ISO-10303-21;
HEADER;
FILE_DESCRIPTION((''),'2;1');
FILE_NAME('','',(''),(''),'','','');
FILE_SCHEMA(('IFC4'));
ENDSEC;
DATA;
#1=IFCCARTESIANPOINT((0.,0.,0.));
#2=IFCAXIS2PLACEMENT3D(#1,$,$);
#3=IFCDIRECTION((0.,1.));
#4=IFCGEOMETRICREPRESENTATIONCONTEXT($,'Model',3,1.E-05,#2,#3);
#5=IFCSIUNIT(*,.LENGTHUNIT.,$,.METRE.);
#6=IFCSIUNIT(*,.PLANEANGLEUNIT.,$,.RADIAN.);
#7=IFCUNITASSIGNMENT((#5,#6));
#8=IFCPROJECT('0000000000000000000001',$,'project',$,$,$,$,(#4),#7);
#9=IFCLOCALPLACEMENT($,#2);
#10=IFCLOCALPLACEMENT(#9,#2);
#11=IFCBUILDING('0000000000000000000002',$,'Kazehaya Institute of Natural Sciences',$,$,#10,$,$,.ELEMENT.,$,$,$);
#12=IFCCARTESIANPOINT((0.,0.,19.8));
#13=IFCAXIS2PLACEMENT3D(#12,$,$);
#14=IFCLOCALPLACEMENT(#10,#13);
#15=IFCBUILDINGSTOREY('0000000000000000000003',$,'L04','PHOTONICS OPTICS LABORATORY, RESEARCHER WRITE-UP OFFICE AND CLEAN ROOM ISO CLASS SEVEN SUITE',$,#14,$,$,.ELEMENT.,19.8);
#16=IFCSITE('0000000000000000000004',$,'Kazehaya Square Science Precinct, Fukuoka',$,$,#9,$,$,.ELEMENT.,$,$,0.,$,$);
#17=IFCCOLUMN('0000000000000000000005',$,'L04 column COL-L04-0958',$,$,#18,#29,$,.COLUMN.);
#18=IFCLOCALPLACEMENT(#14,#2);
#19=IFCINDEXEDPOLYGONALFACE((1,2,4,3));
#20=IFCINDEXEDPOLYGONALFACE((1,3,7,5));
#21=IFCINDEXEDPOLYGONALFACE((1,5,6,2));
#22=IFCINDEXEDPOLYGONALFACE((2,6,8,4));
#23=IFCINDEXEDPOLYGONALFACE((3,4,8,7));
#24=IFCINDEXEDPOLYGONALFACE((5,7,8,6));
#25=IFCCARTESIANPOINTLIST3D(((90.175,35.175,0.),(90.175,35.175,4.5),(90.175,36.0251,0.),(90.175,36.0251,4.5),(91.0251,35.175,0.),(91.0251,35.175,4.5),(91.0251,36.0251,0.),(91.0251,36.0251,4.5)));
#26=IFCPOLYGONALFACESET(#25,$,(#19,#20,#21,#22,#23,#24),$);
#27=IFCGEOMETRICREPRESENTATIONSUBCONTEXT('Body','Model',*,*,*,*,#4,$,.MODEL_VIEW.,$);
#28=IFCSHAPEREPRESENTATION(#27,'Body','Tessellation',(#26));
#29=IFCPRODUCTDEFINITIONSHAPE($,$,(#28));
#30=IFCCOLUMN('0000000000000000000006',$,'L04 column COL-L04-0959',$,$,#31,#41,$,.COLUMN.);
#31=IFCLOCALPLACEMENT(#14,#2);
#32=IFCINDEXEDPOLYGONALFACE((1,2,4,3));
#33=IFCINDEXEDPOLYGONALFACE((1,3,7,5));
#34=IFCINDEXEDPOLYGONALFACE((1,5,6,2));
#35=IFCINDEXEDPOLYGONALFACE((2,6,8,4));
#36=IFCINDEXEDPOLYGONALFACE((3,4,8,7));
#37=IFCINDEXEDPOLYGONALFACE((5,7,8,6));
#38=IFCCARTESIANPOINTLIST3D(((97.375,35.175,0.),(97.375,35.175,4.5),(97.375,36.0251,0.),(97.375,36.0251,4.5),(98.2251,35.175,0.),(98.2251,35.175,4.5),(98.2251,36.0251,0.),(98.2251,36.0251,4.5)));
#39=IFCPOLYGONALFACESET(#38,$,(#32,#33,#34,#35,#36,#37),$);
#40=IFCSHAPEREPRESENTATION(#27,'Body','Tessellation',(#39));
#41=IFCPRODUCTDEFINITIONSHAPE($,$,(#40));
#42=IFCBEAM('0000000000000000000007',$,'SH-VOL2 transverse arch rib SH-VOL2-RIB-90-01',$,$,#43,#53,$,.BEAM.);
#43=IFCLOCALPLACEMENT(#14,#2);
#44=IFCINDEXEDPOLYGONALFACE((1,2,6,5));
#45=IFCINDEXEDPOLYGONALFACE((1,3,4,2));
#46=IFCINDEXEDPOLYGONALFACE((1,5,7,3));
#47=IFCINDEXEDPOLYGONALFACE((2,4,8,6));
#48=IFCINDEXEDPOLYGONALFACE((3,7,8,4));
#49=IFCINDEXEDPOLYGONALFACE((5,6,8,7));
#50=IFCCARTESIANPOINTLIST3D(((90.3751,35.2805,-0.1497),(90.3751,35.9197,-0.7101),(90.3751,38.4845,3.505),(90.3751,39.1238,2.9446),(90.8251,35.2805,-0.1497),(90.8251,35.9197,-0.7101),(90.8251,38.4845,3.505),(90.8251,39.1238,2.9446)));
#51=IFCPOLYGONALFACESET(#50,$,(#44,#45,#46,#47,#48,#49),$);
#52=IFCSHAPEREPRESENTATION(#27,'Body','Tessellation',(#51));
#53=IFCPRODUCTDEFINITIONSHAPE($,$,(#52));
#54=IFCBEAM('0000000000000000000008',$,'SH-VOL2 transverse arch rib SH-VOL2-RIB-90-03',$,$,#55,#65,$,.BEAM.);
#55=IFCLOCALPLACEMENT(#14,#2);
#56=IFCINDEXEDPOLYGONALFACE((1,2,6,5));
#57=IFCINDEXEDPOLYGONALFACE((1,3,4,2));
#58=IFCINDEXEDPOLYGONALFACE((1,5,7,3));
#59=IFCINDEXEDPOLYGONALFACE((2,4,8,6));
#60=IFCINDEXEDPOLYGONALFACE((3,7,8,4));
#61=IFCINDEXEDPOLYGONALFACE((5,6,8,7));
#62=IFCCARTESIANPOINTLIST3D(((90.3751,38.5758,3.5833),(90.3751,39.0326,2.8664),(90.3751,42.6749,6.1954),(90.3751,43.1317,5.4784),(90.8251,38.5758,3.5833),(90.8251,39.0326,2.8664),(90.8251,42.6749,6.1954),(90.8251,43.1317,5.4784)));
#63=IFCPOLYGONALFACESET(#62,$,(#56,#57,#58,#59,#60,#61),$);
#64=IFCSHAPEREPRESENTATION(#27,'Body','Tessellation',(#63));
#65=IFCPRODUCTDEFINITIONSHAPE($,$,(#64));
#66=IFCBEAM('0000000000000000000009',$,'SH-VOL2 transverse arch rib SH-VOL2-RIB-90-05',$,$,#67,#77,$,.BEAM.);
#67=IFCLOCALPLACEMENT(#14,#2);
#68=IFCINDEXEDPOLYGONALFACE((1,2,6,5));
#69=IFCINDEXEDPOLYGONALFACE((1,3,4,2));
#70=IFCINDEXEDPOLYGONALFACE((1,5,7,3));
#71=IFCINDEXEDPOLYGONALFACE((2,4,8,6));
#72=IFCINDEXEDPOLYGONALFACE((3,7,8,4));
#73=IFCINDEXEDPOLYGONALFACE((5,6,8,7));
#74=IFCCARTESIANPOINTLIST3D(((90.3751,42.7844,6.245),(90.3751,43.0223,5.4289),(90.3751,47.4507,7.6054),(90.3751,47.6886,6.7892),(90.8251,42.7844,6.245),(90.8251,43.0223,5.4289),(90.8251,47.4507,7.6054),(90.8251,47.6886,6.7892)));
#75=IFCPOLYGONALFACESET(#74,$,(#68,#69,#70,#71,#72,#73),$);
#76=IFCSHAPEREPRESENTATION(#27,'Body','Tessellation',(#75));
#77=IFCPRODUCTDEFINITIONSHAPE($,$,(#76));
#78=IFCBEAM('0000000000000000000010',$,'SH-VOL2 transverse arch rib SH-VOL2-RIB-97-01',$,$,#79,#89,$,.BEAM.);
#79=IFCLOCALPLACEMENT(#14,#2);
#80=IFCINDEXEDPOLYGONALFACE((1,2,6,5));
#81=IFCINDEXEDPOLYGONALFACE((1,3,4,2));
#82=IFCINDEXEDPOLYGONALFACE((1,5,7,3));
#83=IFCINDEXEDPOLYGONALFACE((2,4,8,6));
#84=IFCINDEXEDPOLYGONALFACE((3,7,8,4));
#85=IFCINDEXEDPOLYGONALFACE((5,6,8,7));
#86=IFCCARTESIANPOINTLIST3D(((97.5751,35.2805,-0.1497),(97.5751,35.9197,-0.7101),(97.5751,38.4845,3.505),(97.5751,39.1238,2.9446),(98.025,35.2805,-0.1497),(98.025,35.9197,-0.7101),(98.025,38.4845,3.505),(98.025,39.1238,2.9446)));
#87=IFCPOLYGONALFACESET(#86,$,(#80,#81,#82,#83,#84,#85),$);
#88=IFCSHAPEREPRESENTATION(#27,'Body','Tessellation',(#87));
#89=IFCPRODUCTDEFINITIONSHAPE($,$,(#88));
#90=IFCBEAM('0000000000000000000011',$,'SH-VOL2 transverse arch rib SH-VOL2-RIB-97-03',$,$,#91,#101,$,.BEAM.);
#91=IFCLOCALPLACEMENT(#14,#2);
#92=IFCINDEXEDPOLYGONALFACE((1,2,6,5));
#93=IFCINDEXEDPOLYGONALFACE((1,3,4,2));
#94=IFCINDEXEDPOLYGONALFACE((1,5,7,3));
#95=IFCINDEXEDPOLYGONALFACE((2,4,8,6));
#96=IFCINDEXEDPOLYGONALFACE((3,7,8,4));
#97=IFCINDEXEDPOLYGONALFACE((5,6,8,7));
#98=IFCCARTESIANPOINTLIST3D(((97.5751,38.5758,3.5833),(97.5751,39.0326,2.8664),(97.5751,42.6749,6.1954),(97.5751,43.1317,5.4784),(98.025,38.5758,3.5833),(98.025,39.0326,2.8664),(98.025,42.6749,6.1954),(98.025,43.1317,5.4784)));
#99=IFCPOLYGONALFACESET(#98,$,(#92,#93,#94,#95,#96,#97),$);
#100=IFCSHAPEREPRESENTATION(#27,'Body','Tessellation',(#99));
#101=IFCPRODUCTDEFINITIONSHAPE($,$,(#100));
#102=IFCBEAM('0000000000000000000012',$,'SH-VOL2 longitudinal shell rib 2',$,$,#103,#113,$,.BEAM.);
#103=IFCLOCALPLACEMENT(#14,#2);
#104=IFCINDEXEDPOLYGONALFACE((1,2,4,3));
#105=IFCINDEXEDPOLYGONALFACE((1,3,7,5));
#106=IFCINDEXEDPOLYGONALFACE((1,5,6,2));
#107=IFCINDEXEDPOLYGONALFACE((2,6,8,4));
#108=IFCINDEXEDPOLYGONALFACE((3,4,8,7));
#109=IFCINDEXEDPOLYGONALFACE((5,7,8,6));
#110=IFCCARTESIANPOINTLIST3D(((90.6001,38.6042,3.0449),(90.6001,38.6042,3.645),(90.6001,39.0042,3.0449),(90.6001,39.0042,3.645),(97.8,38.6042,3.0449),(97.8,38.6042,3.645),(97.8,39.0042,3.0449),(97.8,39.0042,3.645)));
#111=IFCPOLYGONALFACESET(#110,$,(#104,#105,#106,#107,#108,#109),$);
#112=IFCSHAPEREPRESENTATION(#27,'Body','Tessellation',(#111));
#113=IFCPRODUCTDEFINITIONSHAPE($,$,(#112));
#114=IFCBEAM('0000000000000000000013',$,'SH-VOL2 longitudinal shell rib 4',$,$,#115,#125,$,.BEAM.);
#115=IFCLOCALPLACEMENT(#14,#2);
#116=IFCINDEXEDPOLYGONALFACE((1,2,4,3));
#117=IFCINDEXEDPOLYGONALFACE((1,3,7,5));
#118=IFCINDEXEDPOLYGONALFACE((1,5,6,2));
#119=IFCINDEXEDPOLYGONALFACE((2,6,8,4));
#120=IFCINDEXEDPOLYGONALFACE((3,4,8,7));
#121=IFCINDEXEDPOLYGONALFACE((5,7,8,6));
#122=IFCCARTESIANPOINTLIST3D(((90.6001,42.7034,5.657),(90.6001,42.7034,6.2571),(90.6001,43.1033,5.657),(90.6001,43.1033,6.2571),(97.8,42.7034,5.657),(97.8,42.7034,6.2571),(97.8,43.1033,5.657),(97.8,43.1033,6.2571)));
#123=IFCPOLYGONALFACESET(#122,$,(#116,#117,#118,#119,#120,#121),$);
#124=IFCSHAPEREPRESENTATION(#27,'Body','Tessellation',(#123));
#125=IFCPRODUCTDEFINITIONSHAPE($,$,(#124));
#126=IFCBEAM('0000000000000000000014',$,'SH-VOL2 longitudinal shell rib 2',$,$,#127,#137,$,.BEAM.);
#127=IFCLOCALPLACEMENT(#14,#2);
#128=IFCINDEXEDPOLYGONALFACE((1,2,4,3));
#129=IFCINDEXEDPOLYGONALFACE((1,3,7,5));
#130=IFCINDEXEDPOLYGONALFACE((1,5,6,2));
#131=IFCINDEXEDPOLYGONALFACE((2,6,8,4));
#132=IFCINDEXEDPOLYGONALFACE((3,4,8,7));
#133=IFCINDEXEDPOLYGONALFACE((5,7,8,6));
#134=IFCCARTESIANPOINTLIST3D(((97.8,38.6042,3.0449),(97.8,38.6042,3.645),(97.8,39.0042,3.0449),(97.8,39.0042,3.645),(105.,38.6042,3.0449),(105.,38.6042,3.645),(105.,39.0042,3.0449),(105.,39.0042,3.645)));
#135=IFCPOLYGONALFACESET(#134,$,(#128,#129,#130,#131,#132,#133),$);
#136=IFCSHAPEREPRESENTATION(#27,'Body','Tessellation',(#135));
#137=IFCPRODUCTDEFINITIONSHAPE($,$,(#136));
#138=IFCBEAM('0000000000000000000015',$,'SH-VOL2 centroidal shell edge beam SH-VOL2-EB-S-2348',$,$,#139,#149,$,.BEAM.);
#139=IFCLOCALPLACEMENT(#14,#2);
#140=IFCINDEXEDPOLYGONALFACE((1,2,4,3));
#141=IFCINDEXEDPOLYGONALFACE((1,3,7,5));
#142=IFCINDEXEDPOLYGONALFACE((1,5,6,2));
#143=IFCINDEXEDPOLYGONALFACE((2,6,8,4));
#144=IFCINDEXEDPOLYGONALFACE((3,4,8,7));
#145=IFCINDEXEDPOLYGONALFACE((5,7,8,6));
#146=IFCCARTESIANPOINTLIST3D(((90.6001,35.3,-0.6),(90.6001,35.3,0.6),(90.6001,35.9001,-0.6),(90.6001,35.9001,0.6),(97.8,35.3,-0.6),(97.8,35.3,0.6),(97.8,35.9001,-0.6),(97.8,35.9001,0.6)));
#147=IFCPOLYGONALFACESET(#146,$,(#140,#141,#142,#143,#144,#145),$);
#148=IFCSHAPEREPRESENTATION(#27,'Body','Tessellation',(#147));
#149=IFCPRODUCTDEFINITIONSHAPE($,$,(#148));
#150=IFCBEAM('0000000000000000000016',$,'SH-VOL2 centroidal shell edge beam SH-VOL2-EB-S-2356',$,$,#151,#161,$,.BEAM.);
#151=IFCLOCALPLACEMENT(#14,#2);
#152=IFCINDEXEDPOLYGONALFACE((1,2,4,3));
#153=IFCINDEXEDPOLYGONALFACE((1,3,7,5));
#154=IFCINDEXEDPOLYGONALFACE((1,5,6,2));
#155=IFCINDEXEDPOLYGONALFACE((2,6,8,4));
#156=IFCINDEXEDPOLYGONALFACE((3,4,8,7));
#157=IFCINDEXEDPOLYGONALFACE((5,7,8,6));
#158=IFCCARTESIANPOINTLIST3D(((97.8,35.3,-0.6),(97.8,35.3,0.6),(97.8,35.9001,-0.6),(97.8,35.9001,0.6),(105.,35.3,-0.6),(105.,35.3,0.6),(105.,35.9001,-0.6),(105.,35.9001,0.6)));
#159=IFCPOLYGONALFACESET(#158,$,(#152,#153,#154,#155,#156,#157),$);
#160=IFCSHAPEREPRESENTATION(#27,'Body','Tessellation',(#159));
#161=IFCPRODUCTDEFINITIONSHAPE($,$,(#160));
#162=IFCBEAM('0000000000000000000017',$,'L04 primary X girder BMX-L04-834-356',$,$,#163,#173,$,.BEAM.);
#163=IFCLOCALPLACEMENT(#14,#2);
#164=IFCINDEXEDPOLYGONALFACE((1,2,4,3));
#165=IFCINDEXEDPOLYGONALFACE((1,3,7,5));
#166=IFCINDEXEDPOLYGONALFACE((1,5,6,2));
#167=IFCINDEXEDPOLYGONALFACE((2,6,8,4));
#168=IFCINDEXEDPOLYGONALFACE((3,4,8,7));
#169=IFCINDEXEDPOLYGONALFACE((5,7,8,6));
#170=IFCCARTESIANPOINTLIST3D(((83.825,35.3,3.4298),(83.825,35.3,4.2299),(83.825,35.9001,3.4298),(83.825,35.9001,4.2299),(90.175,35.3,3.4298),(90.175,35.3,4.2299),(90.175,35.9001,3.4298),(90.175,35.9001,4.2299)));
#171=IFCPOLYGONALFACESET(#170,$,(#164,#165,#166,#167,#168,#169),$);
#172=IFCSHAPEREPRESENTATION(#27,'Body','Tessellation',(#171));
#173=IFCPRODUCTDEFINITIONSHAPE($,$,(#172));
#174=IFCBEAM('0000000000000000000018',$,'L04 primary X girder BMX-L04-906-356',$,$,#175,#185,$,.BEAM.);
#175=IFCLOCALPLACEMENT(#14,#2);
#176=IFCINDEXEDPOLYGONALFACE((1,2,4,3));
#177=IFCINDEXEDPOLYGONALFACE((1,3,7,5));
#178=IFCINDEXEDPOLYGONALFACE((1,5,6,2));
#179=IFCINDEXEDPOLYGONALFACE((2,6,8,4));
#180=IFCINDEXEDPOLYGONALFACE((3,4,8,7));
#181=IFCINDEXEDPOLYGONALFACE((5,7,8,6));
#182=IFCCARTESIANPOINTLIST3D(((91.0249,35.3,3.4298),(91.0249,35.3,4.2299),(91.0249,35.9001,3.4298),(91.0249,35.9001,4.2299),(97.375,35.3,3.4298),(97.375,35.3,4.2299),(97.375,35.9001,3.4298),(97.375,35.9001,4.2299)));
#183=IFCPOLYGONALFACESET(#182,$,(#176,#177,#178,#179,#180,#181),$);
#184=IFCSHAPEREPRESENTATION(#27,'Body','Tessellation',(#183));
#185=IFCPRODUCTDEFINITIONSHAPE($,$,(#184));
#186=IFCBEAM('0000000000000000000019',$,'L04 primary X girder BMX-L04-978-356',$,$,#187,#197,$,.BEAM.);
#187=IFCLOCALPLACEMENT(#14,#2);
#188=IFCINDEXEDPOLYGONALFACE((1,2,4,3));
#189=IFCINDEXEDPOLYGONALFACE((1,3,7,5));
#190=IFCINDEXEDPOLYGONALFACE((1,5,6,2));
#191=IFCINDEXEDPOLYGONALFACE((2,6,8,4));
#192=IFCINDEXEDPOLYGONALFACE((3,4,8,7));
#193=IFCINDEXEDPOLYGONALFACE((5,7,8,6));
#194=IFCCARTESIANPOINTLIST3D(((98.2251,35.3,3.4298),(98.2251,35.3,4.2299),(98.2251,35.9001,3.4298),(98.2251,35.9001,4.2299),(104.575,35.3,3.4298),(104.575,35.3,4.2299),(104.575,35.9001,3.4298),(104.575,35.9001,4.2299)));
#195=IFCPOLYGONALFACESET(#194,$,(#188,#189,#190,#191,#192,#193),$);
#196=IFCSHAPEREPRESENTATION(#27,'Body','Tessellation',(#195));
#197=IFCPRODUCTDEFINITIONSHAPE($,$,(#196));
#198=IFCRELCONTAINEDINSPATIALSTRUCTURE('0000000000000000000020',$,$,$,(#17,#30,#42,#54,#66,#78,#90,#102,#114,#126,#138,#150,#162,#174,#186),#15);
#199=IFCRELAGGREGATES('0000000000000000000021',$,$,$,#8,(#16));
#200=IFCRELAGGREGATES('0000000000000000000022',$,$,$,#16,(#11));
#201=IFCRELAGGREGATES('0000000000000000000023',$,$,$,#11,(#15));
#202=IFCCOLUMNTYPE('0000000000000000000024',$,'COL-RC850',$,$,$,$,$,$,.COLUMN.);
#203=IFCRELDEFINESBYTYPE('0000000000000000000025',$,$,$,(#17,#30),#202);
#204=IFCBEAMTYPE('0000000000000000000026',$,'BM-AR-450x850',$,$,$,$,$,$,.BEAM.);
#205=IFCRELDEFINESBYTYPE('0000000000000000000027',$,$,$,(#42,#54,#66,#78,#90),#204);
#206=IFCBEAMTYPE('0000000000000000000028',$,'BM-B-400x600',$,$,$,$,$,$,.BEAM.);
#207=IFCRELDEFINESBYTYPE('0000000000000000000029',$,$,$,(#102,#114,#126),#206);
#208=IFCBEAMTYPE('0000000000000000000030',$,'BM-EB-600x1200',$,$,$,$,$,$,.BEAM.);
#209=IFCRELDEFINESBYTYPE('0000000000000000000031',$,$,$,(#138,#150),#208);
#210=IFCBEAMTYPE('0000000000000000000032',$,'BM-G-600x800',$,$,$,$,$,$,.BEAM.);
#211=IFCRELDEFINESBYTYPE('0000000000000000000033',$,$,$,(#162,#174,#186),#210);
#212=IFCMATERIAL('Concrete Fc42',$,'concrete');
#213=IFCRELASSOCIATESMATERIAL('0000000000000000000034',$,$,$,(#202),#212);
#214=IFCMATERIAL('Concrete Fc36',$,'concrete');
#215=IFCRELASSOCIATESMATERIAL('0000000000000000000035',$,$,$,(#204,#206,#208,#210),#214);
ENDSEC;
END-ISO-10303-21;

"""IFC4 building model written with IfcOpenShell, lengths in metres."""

from ifc_helpers import new_model, si_unit, direction, frame, origin, origin_2d, place, context, subcontext, project, spatial, rectangle, extrude, material, material_profile, profile_set, type_object, element, save


model = new_model("IFC4")

# Units and contexts
model_context = context("Model", 3, precision=1e-05, world=origin(), true_north=direction((0.0, 1.0)))
body_context = subcontext(model_context, "Body", "Model", "MODEL_VIEW")
ifc_project = project(units=[si_unit("LENGTHUNIT", "METRE"), si_unit("PLANEANGLEUNIT", "RADIAN")], contexts=[model_context])

# Site, building, storey
site_placement = place(None, origin())
site = spatial("IfcSite", under=ifc_project, at=site_placement, Name="Kazehaya Square Science Precinct, Fukuoka", CompositionType="ELEMENT", RefElevation=0.0)
building_placement = place(site_placement, origin())
building = spatial("IfcBuilding", under=site, at=building_placement, Name="Kazehaya Institute of Natural Sciences", CompositionType="ELEMENT")
storey_placement = place(building_placement, frame((0.0, 0.0, 19.8)))
storey = spatial("IfcBuildingStorey", under=building, at=storey_placement, Name="L04", Description="PHOTONICS OPTICS LABORATORY, RESEARCHER WRITE-UP OFFICE AND CLEAN ROOM ISO CLASS SEVEN SUITE", CompositionType="ELEMENT", Elevation=19.8)

# Columns
ifc_material_1 = material(Name="Concrete Fc42", Category="concrete")
ifc_material_profile_1 = material_profile(ifc_material_1, rectangle(XDim=0.8501, YDim=0.8501, at=origin_2d()), Name="RC-850x850")
ifc_profile_set_1 = profile_set([ifc_material_profile_1], Name="Concrete Fc42")
column_type = type_object("IfcColumnType", Name="COL-RC850", PredefinedType="COLUMN", material=ifc_profile_set_1)
for number, where, z_axis, x_axis, name in (
    (1, (90.6001, 35.6001, 0.0), (0.0, 0.0, 1.0), (1.0, 0.0, 0.0), "L04 column COL-L04-0958"),
    (2, (97.8, 35.6001, 0.0), (0.0, 0.0, 1.0), (1.0, 0.0, 0.0), "L04 column COL-L04-0959"),
):
    element("IfcColumn", number, at=place(storey_placement, frame(where, z_axis=z_axis, x_axis=x_axis)), inside=storey, type_object=column_type, Name=name, PredefinedType="COLUMN", context=body_context, shape_type="SweptSolid", body=[
        extrude(rectangle(XDim=0.8501, YDim=0.8501, at=origin_2d()), origin(), (0.0, 0.0, 1.0), 4.5),
    ])

# Beams
ifc_material_2 = material(Name="Concrete Fc36", Category="concrete")
ifc_material_profile_2 = material_profile(ifc_material_2, rectangle(XDim=0.45, YDim=0.8501, at=origin_2d()), Name="RC-450x850")
ifc_profile_set_2 = profile_set([ifc_material_profile_2], Name="Concrete Fc36")
beam_type_1 = type_object("IfcBeamType", Name="BM-AR-450x850", PredefinedType="BEAM", material=ifc_profile_set_2)
beam_1_placement = place(storey_placement, frame((90.6001, 35.6001, -0.4299), z_axis=(0.0, 0.659223, 0.751948), x_axis=(-1.0, 0.0, 0.0)))
element("IfcBeam", 3, at=beam_1_placement, inside=storey, type_object=beam_type_1, Name="SH-VOL2 transverse arch rib SH-VOL2-RIB-90-01", PredefinedType="BEAM", context=body_context, shape_type="SweptSolid", body=[
    extrude(rectangle(XDim=0.45, YDim=0.8501, at=origin_2d()), origin(), (0.0, 0.0, 1.0), 4.8604),
])
for number, where, z_axis, x_axis, name in (
    (4, (90.6001, 38.8042, 3.2249), (0.0, 0.843332, 0.537392), (-1.0, 0.0, 0.0), "SH-VOL2 transverse arch rib SH-VOL2-RIB-90-03"),
    (5, (90.6001, 42.9033, 5.8369), (0.0, 0.960035, 0.279878), (-1.0, 0.0, 0.0), "SH-VOL2 transverse arch rib SH-VOL2-RIB-90-05"),
):
    element("IfcBeam", number, at=place(storey_placement, frame(where, z_axis=z_axis, x_axis=x_axis)), inside=storey, type_object=beam_type_1, Name=name, PredefinedType="BEAM", context=body_context, shape_type="SweptSolid", body=[
        extrude(rectangle(XDim=0.45, YDim=0.8501, at=origin_2d()), origin(), (0.0, 0.0, 1.0), 4.8606),
    ])
beam_2_placement = place(storey_placement, frame((97.8, 35.6001, -0.4299), z_axis=(0.0, 0.659223, 0.751948), x_axis=(-1.0, 0.0, 0.0)))
element("IfcBeam", 6, at=beam_2_placement, inside=storey, type_object=beam_type_1, Name="SH-VOL2 transverse arch rib SH-VOL2-RIB-97-01", PredefinedType="BEAM", context=body_context, shape_type="SweptSolid", body=[
    extrude(rectangle(XDim=0.45, YDim=0.8501, at=origin_2d()), origin(), (0.0, 0.0, 1.0), 4.8604),
])
beam_3_placement = place(storey_placement, frame((97.8, 38.8042, 3.2249), z_axis=(0.0, 0.843332, 0.537392), x_axis=(-1.0, 0.0, 0.0)))
element("IfcBeam", 7, at=beam_3_placement, inside=storey, type_object=beam_type_1, Name="SH-VOL2 transverse arch rib SH-VOL2-RIB-97-03", PredefinedType="BEAM", context=body_context, shape_type="SweptSolid", body=[
    extrude(rectangle(XDim=0.45, YDim=0.8501, at=origin_2d()), origin(), (0.0, 0.0, 1.0), 4.8606),
])
ifc_material_profile_3 = material_profile(ifc_material_2, rectangle(XDim=0.3999, YDim=0.6001, at=origin_2d()), Name="RC-400x600")
ifc_profile_set_3 = profile_set([ifc_material_profile_3], Name="Concrete Fc36")
beam_type_2 = type_object("IfcBeamType", Name="BM-B-400x600", PredefinedType="BEAM", material=ifc_profile_set_3)
for number, where, z_axis, x_axis, name in (
    (8, (90.6001, 38.8042, 3.345), (1.0, 0.0, 0.0), (0.0, 1.0, 0.0), "SH-VOL2 longitudinal shell rib 2"),
    (9, (90.6001, 42.9033, 5.957), (1.0, 0.0, 0.0), (0.0, 1.0, 0.0), "SH-VOL2 longitudinal shell rib 4"),
    (10, (97.8, 38.8042, 3.345), (1.0, 0.0, 0.0), (0.0, 1.0, 0.0), "SH-VOL2 longitudinal shell rib 2"),
):
    element("IfcBeam", number, at=place(storey_placement, frame(where, z_axis=z_axis, x_axis=x_axis)), inside=storey, type_object=beam_type_2, Name=name, PredefinedType="BEAM", context=body_context, shape_type="SweptSolid", body=[
        extrude(rectangle(XDim=0.3999, YDim=0.6001, at=origin_2d()), origin(), (0.0, 0.0, 1.0), 7.2),
    ])
ifc_material_profile_4 = material_profile(ifc_material_2, rectangle(XDim=0.6001, YDim=1.2, at=origin_2d()), Name="RC-600x1200")
ifc_profile_set_4 = profile_set([ifc_material_profile_4], Name="Concrete Fc36")
beam_type_3 = type_object("IfcBeamType", Name="BM-EB-600x1200", PredefinedType="BEAM", material=ifc_profile_set_4)
for number, where, z_axis, x_axis, name in (
    (11, (90.6001, 35.6001, 0.0), (1.0, 0.0, 0.0), (0.0, 1.0, 0.0), "SH-VOL2 centroidal shell edge beam SH-VOL2-EB-S-2348"),
    (12, (97.8, 35.6001, 0.0), (1.0, 0.0, 0.0), (0.0, 1.0, 0.0), "SH-VOL2 centroidal shell edge beam SH-VOL2-EB-S-2356"),
):
    element("IfcBeam", number, at=place(storey_placement, frame(where, z_axis=z_axis, x_axis=x_axis)), inside=storey, type_object=beam_type_3, Name=name, PredefinedType="BEAM", context=body_context, shape_type="SweptSolid", body=[
        extrude(rectangle(XDim=0.6001, YDim=1.2, at=origin_2d()), origin(), (0.0, 0.0, 1.0), 7.2),
    ])
ifc_material_profile_5 = material_profile(ifc_material_2, rectangle(XDim=0.6001, YDim=0.8, at=origin_2d()), Name="RC-600x800")
ifc_profile_set_5 = profile_set([ifc_material_profile_5], Name="Concrete Fc36")
beam_type_4 = type_object("IfcBeamType", Name="BM-G-600x800", PredefinedType="BEAM", material=ifc_profile_set_5)
for number, where, z_axis, x_axis, name in (
    (13, (83.825, 35.6001, 3.8298), (1.0, 0.0, 0.0), (0.0, 1.0, 0.0), "L04 primary X girder BMX-L04-834-356"),
    (14, (91.0249, 35.6001, 3.8298), (1.0, 0.0, 0.0), (0.0, 1.0, 0.0), "L04 primary X girder BMX-L04-906-356"),
):
    element("IfcBeam", number, at=place(storey_placement, frame(where, z_axis=z_axis, x_axis=x_axis)), inside=storey, type_object=beam_type_4, Name=name, PredefinedType="BEAM", context=body_context, shape_type="SweptSolid", body=[
        extrude(rectangle(XDim=0.6001, YDim=0.8, at=origin_2d()), origin(), (0.0, 0.0, 1.0), 6.3501),
    ])
beam_4_placement = place(storey_placement, frame((98.2251, 35.6001, 3.8298), z_axis=(1.0, 0.0, 0.0), x_axis=(0.0, 1.0, 0.0)))
element("IfcBeam", 15, at=beam_4_placement, inside=storey, type_object=beam_type_4, Name="L04 primary X girder BMX-L04-978-356", PredefinedType="BEAM", context=body_context, shape_type="SweptSolid", body=[
    extrude(rectangle(XDim=0.6001, YDim=0.8, at=origin_2d()), origin(), (0.0, 0.0, 1.0), 6.3499),
])

save(model, "model.ifc")
